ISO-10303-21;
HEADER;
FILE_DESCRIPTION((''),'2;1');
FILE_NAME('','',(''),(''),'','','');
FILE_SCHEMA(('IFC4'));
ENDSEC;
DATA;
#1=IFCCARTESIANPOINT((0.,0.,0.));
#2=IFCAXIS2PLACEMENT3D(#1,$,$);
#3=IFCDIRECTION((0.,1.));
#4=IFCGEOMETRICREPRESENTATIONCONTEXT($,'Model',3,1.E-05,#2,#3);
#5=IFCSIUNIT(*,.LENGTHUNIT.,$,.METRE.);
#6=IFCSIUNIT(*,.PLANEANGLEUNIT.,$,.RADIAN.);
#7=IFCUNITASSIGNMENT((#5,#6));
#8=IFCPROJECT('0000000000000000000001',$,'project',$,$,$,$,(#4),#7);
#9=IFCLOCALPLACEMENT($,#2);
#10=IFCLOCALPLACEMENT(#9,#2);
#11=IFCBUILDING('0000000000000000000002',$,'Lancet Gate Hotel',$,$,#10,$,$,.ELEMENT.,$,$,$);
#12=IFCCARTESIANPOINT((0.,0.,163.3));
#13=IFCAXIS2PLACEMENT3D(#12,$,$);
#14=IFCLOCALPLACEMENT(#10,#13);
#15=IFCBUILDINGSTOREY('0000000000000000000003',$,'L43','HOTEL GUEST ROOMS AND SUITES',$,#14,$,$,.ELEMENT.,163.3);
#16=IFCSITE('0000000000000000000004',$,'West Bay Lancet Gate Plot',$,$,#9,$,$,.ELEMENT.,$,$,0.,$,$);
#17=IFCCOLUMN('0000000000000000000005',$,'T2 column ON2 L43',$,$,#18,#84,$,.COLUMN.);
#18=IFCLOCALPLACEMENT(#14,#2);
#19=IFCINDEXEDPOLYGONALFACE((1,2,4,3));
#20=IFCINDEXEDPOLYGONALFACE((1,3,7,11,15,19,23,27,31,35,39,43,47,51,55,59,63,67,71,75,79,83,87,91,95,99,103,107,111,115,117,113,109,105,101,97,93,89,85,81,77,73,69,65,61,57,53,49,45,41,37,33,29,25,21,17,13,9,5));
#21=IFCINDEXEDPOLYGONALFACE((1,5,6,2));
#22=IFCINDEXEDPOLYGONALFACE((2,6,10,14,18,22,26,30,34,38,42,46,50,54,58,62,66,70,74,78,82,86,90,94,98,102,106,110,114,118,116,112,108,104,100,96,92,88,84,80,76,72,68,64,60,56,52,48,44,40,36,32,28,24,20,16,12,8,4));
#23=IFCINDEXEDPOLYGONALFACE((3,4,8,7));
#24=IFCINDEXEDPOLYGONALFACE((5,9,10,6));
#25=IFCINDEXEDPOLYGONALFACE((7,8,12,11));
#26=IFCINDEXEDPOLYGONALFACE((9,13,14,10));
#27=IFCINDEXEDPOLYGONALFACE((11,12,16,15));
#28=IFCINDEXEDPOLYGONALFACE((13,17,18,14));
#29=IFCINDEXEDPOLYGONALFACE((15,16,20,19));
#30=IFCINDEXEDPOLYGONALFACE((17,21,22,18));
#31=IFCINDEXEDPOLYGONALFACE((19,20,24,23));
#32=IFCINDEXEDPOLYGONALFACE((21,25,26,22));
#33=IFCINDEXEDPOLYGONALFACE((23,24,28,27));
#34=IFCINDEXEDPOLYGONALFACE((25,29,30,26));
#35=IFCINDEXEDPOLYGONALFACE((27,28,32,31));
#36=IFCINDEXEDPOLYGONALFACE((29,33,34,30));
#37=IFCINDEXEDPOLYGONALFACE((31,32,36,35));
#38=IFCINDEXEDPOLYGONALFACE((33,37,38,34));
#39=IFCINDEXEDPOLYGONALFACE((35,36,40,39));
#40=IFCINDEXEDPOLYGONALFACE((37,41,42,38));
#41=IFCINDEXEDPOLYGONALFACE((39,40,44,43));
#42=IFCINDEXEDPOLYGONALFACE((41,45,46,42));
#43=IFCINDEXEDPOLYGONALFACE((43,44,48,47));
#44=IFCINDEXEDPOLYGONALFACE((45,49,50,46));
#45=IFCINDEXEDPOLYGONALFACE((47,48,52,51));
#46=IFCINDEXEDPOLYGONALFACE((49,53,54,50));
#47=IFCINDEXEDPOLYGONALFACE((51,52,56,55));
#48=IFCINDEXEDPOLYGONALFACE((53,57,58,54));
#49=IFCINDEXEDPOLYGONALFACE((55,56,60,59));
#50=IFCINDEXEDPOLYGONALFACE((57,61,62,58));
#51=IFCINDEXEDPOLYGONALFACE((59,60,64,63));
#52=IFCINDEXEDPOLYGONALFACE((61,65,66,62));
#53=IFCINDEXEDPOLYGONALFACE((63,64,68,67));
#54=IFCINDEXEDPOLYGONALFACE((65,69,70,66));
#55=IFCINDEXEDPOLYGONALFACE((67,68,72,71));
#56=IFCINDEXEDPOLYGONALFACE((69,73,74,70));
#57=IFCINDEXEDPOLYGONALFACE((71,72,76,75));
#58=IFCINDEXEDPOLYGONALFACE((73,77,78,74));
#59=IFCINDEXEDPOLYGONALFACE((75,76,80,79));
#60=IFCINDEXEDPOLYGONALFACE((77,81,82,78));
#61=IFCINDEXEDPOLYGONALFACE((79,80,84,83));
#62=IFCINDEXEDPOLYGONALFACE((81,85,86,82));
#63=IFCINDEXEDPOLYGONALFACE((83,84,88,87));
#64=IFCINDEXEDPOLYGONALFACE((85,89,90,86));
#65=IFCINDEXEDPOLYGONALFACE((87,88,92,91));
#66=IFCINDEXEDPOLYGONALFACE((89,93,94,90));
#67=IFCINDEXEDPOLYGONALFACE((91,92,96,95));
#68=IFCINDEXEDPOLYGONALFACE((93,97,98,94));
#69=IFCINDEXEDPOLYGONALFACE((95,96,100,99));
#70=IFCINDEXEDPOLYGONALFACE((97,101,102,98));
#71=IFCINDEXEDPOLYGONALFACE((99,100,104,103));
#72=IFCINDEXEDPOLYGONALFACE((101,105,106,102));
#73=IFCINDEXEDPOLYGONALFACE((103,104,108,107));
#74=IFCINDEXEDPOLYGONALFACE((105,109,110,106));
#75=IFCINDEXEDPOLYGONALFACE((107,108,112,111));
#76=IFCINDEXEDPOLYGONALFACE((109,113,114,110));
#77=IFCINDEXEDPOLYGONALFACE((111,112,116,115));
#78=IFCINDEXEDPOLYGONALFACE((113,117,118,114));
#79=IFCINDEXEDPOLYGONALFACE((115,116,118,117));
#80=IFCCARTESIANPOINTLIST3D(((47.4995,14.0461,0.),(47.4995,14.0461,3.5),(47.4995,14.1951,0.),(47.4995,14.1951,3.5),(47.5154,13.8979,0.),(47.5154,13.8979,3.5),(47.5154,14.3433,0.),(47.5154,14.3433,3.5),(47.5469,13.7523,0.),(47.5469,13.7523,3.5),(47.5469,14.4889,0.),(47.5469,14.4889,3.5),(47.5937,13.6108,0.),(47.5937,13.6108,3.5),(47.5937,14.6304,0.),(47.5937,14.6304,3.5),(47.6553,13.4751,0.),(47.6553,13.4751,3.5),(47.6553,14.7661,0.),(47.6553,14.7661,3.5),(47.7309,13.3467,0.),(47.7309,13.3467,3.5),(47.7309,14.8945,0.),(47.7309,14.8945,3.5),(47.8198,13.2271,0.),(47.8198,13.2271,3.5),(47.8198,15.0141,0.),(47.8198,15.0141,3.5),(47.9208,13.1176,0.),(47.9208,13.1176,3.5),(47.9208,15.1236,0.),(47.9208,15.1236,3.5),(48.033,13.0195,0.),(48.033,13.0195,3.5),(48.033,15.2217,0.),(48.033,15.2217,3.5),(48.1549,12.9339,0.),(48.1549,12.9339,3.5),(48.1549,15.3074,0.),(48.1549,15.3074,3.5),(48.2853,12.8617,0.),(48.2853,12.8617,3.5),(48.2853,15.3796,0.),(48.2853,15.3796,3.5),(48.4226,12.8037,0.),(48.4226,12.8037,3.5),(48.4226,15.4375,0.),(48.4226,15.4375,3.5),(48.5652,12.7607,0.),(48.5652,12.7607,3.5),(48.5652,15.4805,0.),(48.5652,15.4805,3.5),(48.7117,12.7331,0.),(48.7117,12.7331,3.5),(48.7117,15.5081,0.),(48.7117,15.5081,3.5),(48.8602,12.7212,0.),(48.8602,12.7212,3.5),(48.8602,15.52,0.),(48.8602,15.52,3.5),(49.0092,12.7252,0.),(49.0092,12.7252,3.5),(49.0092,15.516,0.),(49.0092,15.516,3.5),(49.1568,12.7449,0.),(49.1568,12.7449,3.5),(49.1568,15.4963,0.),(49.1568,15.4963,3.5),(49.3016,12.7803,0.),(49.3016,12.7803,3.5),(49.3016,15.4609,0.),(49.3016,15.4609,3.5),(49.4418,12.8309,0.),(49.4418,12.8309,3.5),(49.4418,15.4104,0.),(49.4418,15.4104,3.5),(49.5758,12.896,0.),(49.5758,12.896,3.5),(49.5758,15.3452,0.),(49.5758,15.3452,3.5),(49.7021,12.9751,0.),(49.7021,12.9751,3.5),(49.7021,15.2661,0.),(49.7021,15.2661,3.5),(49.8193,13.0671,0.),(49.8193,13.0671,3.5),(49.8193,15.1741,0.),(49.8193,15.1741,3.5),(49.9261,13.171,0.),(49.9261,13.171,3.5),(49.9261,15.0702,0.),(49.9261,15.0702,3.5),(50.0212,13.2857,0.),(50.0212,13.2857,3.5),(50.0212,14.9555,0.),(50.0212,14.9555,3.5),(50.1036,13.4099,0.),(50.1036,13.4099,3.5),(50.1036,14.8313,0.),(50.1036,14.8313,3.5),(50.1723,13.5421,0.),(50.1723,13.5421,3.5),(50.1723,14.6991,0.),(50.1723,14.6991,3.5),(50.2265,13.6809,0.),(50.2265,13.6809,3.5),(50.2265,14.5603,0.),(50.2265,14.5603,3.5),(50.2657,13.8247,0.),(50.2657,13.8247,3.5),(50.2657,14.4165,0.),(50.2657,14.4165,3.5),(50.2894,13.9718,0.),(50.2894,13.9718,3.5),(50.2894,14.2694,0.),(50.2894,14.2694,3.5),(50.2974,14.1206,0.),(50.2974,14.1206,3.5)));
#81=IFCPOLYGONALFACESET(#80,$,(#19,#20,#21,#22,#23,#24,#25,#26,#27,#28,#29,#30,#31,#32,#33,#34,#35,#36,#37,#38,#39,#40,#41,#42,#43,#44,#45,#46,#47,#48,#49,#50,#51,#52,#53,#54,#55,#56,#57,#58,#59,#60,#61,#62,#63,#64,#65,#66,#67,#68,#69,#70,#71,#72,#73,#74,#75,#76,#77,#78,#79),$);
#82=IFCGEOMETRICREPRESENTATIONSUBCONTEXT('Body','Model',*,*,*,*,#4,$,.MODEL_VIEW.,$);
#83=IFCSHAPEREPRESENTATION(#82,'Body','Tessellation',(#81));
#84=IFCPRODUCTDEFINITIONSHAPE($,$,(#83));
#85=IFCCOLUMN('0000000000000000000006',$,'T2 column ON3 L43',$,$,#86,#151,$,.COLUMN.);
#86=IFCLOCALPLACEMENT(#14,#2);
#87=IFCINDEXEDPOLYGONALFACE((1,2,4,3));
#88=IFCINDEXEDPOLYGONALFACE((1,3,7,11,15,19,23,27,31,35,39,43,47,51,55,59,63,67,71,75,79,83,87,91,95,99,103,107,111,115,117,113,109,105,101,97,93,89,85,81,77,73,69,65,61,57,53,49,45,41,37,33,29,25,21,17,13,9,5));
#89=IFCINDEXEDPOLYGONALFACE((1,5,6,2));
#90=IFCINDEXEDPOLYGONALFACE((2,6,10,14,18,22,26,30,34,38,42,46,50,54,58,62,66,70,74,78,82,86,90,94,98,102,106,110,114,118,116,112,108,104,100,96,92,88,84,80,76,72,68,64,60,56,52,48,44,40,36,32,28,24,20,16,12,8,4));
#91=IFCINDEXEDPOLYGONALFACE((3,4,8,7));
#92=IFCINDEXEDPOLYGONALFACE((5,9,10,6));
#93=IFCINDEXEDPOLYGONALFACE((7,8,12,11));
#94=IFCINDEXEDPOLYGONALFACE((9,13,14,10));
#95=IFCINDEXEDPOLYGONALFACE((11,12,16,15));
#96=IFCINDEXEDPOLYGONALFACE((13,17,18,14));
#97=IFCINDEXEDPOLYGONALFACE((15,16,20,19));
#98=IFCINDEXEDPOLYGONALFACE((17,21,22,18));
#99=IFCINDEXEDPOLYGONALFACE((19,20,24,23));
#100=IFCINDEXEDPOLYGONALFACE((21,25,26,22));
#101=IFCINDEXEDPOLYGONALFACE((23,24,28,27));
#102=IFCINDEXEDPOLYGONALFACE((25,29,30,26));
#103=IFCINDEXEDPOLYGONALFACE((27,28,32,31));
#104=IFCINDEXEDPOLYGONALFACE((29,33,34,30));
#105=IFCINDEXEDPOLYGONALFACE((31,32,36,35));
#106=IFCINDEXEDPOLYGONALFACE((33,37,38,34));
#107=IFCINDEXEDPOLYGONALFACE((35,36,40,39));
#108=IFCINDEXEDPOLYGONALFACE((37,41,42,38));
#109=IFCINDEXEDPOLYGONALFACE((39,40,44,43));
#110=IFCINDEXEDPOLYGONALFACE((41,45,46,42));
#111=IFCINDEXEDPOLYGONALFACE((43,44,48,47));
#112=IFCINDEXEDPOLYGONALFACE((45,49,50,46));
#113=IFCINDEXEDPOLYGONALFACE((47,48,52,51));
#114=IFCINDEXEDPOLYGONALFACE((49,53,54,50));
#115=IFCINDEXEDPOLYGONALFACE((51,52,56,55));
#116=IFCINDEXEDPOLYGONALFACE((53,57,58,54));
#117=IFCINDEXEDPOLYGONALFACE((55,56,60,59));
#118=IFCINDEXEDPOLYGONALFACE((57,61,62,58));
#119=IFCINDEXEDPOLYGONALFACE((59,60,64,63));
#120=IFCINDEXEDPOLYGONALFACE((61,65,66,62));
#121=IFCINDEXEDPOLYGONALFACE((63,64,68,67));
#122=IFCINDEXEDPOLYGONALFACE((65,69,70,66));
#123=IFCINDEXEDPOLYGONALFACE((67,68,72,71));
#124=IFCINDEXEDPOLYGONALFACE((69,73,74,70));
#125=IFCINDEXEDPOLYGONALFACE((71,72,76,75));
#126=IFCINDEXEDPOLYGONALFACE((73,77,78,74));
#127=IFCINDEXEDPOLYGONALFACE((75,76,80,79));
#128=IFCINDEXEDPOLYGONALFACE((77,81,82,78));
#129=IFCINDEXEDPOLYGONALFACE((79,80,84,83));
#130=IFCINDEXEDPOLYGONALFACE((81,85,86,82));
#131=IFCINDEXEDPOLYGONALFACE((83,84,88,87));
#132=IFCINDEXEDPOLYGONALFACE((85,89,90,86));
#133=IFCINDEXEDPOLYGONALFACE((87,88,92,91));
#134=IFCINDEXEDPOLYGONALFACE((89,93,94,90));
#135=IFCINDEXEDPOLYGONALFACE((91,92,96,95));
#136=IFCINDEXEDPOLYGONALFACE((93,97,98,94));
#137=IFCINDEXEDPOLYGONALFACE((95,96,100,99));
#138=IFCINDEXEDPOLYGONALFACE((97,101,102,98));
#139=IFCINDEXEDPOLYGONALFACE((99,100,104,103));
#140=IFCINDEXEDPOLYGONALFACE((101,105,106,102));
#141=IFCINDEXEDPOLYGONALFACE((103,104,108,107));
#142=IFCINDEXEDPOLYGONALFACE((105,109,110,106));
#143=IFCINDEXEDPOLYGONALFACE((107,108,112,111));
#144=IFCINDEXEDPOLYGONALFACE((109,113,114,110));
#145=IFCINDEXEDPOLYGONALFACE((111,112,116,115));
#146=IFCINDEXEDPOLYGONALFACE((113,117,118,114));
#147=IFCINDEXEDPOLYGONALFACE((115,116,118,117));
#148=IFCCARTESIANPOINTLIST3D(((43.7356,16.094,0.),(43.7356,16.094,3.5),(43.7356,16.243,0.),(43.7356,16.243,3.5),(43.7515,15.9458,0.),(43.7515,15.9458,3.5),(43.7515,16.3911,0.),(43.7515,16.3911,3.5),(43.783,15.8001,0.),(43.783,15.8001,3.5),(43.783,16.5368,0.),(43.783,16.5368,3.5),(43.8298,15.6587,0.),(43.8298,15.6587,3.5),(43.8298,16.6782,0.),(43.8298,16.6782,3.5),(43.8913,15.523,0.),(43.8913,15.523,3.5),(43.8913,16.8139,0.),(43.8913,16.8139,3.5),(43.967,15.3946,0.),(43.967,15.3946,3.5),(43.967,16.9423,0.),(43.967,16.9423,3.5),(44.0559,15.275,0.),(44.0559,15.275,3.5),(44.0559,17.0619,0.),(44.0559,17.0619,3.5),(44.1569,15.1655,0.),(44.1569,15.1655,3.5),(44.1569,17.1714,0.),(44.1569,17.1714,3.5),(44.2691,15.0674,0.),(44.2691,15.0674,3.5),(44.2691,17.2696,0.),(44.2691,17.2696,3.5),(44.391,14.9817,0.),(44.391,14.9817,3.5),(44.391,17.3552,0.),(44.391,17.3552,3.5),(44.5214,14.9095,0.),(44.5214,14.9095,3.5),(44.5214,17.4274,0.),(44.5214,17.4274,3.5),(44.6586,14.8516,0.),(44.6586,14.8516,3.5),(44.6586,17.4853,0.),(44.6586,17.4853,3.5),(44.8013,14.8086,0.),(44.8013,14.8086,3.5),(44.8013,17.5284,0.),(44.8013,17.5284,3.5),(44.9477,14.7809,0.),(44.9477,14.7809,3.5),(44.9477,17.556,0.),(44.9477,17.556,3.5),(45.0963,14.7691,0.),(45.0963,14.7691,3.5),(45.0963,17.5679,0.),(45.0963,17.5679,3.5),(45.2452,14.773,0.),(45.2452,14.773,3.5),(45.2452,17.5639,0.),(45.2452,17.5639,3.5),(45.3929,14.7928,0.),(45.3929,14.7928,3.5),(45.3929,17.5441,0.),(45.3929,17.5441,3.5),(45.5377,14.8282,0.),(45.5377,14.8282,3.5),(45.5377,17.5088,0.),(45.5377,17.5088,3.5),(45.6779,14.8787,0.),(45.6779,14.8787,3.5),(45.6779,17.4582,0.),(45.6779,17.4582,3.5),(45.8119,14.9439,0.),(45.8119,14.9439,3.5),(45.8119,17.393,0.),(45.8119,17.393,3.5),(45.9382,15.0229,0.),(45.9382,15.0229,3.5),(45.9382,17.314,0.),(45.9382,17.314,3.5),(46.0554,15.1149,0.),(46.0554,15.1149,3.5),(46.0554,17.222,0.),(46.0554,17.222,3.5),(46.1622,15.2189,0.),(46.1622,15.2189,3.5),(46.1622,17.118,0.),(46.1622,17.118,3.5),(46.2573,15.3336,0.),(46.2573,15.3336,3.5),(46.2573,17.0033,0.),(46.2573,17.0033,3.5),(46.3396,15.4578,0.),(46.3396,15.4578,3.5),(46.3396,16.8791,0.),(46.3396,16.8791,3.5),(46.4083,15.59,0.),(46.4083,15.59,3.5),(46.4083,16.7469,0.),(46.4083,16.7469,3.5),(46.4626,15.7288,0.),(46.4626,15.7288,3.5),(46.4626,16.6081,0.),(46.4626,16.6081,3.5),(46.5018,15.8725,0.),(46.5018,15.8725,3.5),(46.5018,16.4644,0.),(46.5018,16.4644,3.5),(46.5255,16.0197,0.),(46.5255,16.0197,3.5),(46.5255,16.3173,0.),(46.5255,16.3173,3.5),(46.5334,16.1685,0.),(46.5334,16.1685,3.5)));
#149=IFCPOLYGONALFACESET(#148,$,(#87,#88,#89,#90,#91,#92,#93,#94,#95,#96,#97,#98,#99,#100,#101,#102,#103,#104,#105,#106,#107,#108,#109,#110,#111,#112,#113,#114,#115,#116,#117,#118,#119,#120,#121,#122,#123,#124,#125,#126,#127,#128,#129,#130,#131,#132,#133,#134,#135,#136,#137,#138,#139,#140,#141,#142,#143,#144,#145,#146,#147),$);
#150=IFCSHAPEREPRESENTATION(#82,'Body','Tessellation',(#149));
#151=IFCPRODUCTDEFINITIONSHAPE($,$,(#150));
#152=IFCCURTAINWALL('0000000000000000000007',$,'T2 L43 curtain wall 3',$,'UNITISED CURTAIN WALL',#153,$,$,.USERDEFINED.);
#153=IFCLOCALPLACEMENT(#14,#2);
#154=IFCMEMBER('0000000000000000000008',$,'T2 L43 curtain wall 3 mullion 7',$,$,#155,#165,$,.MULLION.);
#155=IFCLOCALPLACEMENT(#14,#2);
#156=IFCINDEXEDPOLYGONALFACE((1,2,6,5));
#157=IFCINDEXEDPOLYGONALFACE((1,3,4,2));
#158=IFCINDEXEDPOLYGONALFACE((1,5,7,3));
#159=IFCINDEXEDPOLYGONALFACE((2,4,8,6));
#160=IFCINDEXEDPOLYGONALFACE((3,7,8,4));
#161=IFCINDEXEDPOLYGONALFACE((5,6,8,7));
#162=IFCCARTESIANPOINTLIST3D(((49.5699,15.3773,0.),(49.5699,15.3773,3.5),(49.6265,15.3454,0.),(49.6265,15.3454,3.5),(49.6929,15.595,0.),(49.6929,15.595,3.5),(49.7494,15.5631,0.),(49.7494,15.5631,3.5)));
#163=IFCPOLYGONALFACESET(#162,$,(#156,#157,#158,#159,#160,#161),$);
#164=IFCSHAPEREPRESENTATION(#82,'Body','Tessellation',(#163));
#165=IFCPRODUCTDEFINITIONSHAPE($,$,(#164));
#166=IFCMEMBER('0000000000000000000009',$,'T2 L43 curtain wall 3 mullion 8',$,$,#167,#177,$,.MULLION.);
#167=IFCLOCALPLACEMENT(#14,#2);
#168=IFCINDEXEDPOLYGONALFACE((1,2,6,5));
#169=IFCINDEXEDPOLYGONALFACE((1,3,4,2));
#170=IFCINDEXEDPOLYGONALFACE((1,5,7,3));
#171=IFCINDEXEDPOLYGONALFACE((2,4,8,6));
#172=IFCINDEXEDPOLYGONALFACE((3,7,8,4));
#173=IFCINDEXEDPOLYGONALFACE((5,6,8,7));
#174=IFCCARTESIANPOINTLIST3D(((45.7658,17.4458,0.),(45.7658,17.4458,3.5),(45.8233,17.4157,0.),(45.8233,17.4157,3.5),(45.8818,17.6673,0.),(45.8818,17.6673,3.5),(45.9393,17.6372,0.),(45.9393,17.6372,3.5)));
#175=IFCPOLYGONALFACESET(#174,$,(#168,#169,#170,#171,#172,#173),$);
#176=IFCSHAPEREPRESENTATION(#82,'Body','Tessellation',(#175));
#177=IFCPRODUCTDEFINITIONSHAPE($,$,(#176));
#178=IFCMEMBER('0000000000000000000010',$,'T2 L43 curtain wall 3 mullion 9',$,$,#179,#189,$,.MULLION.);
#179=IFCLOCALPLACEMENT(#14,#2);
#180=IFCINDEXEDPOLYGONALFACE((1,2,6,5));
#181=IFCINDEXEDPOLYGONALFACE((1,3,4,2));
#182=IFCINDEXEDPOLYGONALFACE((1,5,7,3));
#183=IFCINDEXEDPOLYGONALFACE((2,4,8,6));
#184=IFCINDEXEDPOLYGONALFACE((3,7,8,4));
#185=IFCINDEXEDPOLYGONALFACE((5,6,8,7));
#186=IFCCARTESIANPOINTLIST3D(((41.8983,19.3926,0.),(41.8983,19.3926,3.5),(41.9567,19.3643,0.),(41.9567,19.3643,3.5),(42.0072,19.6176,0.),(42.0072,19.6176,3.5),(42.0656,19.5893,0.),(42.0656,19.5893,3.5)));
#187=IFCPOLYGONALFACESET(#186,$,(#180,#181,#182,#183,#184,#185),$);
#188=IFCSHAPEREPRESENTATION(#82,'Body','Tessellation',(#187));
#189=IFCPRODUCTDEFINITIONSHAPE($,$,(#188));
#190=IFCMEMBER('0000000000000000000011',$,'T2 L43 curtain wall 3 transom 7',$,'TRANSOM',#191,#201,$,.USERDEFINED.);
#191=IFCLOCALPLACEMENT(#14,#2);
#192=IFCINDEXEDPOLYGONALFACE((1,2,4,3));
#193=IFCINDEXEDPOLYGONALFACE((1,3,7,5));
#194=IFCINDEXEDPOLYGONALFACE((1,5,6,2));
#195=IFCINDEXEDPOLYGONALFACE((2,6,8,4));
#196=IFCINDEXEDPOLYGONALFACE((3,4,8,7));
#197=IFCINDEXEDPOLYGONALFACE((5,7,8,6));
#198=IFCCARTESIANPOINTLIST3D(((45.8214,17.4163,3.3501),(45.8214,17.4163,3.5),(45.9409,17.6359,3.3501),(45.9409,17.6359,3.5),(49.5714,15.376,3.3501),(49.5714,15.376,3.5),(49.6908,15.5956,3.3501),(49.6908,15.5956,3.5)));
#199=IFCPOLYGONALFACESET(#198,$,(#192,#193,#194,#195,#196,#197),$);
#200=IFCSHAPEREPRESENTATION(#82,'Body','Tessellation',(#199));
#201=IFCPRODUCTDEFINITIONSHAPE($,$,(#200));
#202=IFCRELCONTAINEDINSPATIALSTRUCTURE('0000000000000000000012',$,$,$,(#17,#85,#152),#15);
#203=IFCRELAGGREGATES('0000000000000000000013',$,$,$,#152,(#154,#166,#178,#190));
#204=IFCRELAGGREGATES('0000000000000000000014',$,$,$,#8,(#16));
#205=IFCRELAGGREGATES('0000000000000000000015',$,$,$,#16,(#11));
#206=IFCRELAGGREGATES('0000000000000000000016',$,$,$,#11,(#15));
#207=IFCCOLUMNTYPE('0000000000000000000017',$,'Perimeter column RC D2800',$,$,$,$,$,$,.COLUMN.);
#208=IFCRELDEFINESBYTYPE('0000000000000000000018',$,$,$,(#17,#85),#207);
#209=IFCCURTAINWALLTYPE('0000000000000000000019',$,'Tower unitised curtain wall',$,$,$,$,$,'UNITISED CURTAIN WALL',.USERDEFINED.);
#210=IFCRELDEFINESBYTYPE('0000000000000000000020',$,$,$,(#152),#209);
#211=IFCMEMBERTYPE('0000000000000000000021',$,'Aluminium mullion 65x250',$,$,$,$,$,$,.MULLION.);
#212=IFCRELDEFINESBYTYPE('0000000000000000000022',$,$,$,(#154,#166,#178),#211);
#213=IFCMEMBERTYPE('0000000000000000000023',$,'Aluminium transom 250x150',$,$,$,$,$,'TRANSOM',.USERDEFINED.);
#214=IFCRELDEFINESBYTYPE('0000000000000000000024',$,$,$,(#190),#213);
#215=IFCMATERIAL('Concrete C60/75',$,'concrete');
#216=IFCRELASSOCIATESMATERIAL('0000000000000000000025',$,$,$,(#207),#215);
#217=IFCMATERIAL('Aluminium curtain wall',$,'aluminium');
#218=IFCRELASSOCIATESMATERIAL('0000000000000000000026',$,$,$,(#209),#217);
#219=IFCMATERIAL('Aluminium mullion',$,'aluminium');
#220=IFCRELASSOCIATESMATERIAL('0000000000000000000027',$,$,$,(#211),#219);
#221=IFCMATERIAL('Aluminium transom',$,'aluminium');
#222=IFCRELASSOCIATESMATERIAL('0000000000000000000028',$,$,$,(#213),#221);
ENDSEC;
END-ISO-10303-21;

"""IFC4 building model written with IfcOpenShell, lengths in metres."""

from ifc_helpers import new_model, si_unit, direction, frame, origin, origin_2d, place, context, subcontext, project, spatial, rectangle, circle, extrude, material, material_profile, profile_set, type_object, element, aggregate, save


model = new_model("IFC4")

# Units and contexts
model_context = context("Model", 3, precision=1e-05, world=origin(), true_north=direction((0.0, 1.0)))
body_context = subcontext(model_context, "Body", "Model", "MODEL_VIEW")
ifc_project = project(units=[si_unit("LENGTHUNIT", "METRE"), si_unit("PLANEANGLEUNIT", "RADIAN")], contexts=[model_context])

# Site, building, storey
site_placement = place(None, origin())
site = spatial("IfcSite", under=ifc_project, at=site_placement, Name="West Bay Lancet Gate Plot", CompositionType="ELEMENT", RefElevation=0.0)
building_placement = place(site_placement, origin())
building = spatial("IfcBuilding", under=site, at=building_placement, Name="Lancet Gate Hotel", CompositionType="ELEMENT")
storey_placement = place(building_placement, frame((0.0, 0.0, 163.3)))
storey = spatial("IfcBuildingStorey", under=building, at=storey_placement, Name="L43", Description="HOTEL GUEST ROOMS AND SUITES", CompositionType="ELEMENT", Elevation=163.3)

# Columns
ifc_material_1 = material(Name="Concrete C60/75", Category="concrete")
ifc_material_profile_1 = material_profile(ifc_material_1, circle(Radius=1.3999, at=origin_2d()), Name="RC D2800")
ifc_profile_set_1 = profile_set([ifc_material_profile_1], Name="Concrete C60/75")
column_type = type_object("IfcColumnType", Name="Perimeter column RC D2800", PredefinedType="COLUMN", material=ifc_profile_set_1)
for number, where, z_axis, x_axis, name in (
    (1, (48.8975, 14.1206, 0.0), (0.0, 0.0, 1.0), (1.0, 0.0, 0.0), "T2 column ON2 L43"),
    (2, (45.1335, 16.1685, 0.0), (0.0, 0.0, 1.0), (1.0, 0.0, 0.0), "T2 column ON3 L43"),
):
    element("IfcColumn", number, at=place(storey_placement, frame(where, z_axis=z_axis, x_axis=x_axis)), inside=storey, type_object=column_type, Name=name, PredefinedType="COLUMN", context=body_context, shape_type="SweptSolid", body=[
        extrude(circle(Radius=1.3999, at=origin_2d()), origin(), (0.0, 0.0, 1.0), 3.5),
    ])

# Curtain wall, members
ifc_material_2 = material(Name="Aluminium curtain wall", Category="aluminium")
curtain_wall_type = type_object("IfcCurtainWallType", Name="Tower unitised curtain wall", ElementType="UNITISED CURTAIN WALL", PredefinedType="USERDEFINED", material=ifc_material_2)
curtain_wall_placement = place(storey_placement, origin())
curtain_wall = element("IfcCurtainWall", 3, at=curtain_wall_placement, inside=storey, type_object=curtain_wall_type, Name="T2 L43 curtain wall 3", ObjectType="UNITISED CURTAIN WALL", PredefinedType="USERDEFINED")
ifc_material_3 = material(Name="Aluminium mullion", Category="aluminium")
ifc_material_profile_2 = material_profile(ifc_material_3, rectangle(XDim=0.0649, YDim=0.25, at=origin_2d()), Name="MULLION 65x250")
ifc_profile_set_2 = profile_set([ifc_material_profile_2], Name="Aluminium mullion")
member_type_1 = type_object("IfcMemberType", Name="Aluminium mullion 65x250", PredefinedType="MULLION", material=ifc_profile_set_2)
member_1_placement = place(storey_placement, frame((49.6597, 15.4702, 0.0), z_axis=(0.0, 0.0, 1.0), x_axis=(-0.870722, 0.491776, 0.0)))
member_1 = element("IfcMember", 4, at=member_1_placement, type_object=member_type_1, Name="T2 L43 curtain wall 3 mullion 7", PredefinedType="MULLION", context=body_context, shape_type="SweptSolid", body=[
    extrude(rectangle(XDim=0.0649, YDim=0.25, at=origin_2d()), origin(), (0.0, 0.0, 1.0), 3.5),
])
member_2_placement = place(storey_placement, frame((45.8525, 17.5415, 0.0), z_axis=(0.0, 0.0, 1.0), x_axis=(-0.885877, 0.46392, 0.0)))
member_2 = element("IfcMember", 5, at=member_2_placement, type_object=member_type_1, Name="T2 L43 curtain wall 3 mullion 8", PredefinedType="MULLION", context=body_context, shape_type="SweptSolid", body=[
    extrude(rectangle(XDim=0.0649, YDim=0.25, at=origin_2d()), origin(), (0.0, 0.0, 1.0), 3.5),
])
member_3_placement = place(storey_placement, frame((41.9819, 19.491, 0.0), z_axis=(0.0, 0.0, 1.0), x_axis=(-0.900141, 0.435598, 0.0)))
member_3 = element("IfcMember", 6, at=member_3_placement, type_object=member_type_1, Name="T2 L43 curtain wall 3 mullion 9", PredefinedType="MULLION", context=body_context, shape_type="SweptSolid", body=[
    extrude(rectangle(XDim=0.0649, YDim=0.25, at=origin_2d()), origin(), (0.0, 0.0, 1.0), 3.5),
])
ifc_material_4 = material(Name="Aluminium transom", Category="aluminium")
ifc_material_profile_3 = material_profile(ifc_material_4, rectangle(XDim=0.25, YDim=0.1499, at=origin_2d()), Name="TRANSOM 250x150")
ifc_profile_set_3 = profile_set([ifc_material_profile_3], Name="Aluminium transom")
member_type_2 = type_object("IfcMemberType", Name="Aluminium transom 250x150", ElementType="TRANSOM", PredefinedType="USERDEFINED", material=ifc_profile_set_3)
member_4_placement = place(storey_placement, frame((49.6311, 15.4858, 3.425), z_axis=(-0.878404, 0.477918, 0.0), x_axis=(-0.477918, -0.878404, 0.0)))
member_4 = element("IfcMember", 7, at=member_4_placement, type_object=member_type_2, Name="T2 L43 curtain wall 3 transom 7", ObjectType="TRANSOM", PredefinedType="USERDEFINED", context=body_context, shape_type="SweptSolid", body=[
    extrude(rectangle(XDim=0.25, YDim=0.1499, at=origin_2d()), origin(), (0.0, 0.0, 1.0), 4.269),
])

aggregate(curtain_wall, [member_1, member_2, member_3, member_4])

save(model, "model.ifc")
